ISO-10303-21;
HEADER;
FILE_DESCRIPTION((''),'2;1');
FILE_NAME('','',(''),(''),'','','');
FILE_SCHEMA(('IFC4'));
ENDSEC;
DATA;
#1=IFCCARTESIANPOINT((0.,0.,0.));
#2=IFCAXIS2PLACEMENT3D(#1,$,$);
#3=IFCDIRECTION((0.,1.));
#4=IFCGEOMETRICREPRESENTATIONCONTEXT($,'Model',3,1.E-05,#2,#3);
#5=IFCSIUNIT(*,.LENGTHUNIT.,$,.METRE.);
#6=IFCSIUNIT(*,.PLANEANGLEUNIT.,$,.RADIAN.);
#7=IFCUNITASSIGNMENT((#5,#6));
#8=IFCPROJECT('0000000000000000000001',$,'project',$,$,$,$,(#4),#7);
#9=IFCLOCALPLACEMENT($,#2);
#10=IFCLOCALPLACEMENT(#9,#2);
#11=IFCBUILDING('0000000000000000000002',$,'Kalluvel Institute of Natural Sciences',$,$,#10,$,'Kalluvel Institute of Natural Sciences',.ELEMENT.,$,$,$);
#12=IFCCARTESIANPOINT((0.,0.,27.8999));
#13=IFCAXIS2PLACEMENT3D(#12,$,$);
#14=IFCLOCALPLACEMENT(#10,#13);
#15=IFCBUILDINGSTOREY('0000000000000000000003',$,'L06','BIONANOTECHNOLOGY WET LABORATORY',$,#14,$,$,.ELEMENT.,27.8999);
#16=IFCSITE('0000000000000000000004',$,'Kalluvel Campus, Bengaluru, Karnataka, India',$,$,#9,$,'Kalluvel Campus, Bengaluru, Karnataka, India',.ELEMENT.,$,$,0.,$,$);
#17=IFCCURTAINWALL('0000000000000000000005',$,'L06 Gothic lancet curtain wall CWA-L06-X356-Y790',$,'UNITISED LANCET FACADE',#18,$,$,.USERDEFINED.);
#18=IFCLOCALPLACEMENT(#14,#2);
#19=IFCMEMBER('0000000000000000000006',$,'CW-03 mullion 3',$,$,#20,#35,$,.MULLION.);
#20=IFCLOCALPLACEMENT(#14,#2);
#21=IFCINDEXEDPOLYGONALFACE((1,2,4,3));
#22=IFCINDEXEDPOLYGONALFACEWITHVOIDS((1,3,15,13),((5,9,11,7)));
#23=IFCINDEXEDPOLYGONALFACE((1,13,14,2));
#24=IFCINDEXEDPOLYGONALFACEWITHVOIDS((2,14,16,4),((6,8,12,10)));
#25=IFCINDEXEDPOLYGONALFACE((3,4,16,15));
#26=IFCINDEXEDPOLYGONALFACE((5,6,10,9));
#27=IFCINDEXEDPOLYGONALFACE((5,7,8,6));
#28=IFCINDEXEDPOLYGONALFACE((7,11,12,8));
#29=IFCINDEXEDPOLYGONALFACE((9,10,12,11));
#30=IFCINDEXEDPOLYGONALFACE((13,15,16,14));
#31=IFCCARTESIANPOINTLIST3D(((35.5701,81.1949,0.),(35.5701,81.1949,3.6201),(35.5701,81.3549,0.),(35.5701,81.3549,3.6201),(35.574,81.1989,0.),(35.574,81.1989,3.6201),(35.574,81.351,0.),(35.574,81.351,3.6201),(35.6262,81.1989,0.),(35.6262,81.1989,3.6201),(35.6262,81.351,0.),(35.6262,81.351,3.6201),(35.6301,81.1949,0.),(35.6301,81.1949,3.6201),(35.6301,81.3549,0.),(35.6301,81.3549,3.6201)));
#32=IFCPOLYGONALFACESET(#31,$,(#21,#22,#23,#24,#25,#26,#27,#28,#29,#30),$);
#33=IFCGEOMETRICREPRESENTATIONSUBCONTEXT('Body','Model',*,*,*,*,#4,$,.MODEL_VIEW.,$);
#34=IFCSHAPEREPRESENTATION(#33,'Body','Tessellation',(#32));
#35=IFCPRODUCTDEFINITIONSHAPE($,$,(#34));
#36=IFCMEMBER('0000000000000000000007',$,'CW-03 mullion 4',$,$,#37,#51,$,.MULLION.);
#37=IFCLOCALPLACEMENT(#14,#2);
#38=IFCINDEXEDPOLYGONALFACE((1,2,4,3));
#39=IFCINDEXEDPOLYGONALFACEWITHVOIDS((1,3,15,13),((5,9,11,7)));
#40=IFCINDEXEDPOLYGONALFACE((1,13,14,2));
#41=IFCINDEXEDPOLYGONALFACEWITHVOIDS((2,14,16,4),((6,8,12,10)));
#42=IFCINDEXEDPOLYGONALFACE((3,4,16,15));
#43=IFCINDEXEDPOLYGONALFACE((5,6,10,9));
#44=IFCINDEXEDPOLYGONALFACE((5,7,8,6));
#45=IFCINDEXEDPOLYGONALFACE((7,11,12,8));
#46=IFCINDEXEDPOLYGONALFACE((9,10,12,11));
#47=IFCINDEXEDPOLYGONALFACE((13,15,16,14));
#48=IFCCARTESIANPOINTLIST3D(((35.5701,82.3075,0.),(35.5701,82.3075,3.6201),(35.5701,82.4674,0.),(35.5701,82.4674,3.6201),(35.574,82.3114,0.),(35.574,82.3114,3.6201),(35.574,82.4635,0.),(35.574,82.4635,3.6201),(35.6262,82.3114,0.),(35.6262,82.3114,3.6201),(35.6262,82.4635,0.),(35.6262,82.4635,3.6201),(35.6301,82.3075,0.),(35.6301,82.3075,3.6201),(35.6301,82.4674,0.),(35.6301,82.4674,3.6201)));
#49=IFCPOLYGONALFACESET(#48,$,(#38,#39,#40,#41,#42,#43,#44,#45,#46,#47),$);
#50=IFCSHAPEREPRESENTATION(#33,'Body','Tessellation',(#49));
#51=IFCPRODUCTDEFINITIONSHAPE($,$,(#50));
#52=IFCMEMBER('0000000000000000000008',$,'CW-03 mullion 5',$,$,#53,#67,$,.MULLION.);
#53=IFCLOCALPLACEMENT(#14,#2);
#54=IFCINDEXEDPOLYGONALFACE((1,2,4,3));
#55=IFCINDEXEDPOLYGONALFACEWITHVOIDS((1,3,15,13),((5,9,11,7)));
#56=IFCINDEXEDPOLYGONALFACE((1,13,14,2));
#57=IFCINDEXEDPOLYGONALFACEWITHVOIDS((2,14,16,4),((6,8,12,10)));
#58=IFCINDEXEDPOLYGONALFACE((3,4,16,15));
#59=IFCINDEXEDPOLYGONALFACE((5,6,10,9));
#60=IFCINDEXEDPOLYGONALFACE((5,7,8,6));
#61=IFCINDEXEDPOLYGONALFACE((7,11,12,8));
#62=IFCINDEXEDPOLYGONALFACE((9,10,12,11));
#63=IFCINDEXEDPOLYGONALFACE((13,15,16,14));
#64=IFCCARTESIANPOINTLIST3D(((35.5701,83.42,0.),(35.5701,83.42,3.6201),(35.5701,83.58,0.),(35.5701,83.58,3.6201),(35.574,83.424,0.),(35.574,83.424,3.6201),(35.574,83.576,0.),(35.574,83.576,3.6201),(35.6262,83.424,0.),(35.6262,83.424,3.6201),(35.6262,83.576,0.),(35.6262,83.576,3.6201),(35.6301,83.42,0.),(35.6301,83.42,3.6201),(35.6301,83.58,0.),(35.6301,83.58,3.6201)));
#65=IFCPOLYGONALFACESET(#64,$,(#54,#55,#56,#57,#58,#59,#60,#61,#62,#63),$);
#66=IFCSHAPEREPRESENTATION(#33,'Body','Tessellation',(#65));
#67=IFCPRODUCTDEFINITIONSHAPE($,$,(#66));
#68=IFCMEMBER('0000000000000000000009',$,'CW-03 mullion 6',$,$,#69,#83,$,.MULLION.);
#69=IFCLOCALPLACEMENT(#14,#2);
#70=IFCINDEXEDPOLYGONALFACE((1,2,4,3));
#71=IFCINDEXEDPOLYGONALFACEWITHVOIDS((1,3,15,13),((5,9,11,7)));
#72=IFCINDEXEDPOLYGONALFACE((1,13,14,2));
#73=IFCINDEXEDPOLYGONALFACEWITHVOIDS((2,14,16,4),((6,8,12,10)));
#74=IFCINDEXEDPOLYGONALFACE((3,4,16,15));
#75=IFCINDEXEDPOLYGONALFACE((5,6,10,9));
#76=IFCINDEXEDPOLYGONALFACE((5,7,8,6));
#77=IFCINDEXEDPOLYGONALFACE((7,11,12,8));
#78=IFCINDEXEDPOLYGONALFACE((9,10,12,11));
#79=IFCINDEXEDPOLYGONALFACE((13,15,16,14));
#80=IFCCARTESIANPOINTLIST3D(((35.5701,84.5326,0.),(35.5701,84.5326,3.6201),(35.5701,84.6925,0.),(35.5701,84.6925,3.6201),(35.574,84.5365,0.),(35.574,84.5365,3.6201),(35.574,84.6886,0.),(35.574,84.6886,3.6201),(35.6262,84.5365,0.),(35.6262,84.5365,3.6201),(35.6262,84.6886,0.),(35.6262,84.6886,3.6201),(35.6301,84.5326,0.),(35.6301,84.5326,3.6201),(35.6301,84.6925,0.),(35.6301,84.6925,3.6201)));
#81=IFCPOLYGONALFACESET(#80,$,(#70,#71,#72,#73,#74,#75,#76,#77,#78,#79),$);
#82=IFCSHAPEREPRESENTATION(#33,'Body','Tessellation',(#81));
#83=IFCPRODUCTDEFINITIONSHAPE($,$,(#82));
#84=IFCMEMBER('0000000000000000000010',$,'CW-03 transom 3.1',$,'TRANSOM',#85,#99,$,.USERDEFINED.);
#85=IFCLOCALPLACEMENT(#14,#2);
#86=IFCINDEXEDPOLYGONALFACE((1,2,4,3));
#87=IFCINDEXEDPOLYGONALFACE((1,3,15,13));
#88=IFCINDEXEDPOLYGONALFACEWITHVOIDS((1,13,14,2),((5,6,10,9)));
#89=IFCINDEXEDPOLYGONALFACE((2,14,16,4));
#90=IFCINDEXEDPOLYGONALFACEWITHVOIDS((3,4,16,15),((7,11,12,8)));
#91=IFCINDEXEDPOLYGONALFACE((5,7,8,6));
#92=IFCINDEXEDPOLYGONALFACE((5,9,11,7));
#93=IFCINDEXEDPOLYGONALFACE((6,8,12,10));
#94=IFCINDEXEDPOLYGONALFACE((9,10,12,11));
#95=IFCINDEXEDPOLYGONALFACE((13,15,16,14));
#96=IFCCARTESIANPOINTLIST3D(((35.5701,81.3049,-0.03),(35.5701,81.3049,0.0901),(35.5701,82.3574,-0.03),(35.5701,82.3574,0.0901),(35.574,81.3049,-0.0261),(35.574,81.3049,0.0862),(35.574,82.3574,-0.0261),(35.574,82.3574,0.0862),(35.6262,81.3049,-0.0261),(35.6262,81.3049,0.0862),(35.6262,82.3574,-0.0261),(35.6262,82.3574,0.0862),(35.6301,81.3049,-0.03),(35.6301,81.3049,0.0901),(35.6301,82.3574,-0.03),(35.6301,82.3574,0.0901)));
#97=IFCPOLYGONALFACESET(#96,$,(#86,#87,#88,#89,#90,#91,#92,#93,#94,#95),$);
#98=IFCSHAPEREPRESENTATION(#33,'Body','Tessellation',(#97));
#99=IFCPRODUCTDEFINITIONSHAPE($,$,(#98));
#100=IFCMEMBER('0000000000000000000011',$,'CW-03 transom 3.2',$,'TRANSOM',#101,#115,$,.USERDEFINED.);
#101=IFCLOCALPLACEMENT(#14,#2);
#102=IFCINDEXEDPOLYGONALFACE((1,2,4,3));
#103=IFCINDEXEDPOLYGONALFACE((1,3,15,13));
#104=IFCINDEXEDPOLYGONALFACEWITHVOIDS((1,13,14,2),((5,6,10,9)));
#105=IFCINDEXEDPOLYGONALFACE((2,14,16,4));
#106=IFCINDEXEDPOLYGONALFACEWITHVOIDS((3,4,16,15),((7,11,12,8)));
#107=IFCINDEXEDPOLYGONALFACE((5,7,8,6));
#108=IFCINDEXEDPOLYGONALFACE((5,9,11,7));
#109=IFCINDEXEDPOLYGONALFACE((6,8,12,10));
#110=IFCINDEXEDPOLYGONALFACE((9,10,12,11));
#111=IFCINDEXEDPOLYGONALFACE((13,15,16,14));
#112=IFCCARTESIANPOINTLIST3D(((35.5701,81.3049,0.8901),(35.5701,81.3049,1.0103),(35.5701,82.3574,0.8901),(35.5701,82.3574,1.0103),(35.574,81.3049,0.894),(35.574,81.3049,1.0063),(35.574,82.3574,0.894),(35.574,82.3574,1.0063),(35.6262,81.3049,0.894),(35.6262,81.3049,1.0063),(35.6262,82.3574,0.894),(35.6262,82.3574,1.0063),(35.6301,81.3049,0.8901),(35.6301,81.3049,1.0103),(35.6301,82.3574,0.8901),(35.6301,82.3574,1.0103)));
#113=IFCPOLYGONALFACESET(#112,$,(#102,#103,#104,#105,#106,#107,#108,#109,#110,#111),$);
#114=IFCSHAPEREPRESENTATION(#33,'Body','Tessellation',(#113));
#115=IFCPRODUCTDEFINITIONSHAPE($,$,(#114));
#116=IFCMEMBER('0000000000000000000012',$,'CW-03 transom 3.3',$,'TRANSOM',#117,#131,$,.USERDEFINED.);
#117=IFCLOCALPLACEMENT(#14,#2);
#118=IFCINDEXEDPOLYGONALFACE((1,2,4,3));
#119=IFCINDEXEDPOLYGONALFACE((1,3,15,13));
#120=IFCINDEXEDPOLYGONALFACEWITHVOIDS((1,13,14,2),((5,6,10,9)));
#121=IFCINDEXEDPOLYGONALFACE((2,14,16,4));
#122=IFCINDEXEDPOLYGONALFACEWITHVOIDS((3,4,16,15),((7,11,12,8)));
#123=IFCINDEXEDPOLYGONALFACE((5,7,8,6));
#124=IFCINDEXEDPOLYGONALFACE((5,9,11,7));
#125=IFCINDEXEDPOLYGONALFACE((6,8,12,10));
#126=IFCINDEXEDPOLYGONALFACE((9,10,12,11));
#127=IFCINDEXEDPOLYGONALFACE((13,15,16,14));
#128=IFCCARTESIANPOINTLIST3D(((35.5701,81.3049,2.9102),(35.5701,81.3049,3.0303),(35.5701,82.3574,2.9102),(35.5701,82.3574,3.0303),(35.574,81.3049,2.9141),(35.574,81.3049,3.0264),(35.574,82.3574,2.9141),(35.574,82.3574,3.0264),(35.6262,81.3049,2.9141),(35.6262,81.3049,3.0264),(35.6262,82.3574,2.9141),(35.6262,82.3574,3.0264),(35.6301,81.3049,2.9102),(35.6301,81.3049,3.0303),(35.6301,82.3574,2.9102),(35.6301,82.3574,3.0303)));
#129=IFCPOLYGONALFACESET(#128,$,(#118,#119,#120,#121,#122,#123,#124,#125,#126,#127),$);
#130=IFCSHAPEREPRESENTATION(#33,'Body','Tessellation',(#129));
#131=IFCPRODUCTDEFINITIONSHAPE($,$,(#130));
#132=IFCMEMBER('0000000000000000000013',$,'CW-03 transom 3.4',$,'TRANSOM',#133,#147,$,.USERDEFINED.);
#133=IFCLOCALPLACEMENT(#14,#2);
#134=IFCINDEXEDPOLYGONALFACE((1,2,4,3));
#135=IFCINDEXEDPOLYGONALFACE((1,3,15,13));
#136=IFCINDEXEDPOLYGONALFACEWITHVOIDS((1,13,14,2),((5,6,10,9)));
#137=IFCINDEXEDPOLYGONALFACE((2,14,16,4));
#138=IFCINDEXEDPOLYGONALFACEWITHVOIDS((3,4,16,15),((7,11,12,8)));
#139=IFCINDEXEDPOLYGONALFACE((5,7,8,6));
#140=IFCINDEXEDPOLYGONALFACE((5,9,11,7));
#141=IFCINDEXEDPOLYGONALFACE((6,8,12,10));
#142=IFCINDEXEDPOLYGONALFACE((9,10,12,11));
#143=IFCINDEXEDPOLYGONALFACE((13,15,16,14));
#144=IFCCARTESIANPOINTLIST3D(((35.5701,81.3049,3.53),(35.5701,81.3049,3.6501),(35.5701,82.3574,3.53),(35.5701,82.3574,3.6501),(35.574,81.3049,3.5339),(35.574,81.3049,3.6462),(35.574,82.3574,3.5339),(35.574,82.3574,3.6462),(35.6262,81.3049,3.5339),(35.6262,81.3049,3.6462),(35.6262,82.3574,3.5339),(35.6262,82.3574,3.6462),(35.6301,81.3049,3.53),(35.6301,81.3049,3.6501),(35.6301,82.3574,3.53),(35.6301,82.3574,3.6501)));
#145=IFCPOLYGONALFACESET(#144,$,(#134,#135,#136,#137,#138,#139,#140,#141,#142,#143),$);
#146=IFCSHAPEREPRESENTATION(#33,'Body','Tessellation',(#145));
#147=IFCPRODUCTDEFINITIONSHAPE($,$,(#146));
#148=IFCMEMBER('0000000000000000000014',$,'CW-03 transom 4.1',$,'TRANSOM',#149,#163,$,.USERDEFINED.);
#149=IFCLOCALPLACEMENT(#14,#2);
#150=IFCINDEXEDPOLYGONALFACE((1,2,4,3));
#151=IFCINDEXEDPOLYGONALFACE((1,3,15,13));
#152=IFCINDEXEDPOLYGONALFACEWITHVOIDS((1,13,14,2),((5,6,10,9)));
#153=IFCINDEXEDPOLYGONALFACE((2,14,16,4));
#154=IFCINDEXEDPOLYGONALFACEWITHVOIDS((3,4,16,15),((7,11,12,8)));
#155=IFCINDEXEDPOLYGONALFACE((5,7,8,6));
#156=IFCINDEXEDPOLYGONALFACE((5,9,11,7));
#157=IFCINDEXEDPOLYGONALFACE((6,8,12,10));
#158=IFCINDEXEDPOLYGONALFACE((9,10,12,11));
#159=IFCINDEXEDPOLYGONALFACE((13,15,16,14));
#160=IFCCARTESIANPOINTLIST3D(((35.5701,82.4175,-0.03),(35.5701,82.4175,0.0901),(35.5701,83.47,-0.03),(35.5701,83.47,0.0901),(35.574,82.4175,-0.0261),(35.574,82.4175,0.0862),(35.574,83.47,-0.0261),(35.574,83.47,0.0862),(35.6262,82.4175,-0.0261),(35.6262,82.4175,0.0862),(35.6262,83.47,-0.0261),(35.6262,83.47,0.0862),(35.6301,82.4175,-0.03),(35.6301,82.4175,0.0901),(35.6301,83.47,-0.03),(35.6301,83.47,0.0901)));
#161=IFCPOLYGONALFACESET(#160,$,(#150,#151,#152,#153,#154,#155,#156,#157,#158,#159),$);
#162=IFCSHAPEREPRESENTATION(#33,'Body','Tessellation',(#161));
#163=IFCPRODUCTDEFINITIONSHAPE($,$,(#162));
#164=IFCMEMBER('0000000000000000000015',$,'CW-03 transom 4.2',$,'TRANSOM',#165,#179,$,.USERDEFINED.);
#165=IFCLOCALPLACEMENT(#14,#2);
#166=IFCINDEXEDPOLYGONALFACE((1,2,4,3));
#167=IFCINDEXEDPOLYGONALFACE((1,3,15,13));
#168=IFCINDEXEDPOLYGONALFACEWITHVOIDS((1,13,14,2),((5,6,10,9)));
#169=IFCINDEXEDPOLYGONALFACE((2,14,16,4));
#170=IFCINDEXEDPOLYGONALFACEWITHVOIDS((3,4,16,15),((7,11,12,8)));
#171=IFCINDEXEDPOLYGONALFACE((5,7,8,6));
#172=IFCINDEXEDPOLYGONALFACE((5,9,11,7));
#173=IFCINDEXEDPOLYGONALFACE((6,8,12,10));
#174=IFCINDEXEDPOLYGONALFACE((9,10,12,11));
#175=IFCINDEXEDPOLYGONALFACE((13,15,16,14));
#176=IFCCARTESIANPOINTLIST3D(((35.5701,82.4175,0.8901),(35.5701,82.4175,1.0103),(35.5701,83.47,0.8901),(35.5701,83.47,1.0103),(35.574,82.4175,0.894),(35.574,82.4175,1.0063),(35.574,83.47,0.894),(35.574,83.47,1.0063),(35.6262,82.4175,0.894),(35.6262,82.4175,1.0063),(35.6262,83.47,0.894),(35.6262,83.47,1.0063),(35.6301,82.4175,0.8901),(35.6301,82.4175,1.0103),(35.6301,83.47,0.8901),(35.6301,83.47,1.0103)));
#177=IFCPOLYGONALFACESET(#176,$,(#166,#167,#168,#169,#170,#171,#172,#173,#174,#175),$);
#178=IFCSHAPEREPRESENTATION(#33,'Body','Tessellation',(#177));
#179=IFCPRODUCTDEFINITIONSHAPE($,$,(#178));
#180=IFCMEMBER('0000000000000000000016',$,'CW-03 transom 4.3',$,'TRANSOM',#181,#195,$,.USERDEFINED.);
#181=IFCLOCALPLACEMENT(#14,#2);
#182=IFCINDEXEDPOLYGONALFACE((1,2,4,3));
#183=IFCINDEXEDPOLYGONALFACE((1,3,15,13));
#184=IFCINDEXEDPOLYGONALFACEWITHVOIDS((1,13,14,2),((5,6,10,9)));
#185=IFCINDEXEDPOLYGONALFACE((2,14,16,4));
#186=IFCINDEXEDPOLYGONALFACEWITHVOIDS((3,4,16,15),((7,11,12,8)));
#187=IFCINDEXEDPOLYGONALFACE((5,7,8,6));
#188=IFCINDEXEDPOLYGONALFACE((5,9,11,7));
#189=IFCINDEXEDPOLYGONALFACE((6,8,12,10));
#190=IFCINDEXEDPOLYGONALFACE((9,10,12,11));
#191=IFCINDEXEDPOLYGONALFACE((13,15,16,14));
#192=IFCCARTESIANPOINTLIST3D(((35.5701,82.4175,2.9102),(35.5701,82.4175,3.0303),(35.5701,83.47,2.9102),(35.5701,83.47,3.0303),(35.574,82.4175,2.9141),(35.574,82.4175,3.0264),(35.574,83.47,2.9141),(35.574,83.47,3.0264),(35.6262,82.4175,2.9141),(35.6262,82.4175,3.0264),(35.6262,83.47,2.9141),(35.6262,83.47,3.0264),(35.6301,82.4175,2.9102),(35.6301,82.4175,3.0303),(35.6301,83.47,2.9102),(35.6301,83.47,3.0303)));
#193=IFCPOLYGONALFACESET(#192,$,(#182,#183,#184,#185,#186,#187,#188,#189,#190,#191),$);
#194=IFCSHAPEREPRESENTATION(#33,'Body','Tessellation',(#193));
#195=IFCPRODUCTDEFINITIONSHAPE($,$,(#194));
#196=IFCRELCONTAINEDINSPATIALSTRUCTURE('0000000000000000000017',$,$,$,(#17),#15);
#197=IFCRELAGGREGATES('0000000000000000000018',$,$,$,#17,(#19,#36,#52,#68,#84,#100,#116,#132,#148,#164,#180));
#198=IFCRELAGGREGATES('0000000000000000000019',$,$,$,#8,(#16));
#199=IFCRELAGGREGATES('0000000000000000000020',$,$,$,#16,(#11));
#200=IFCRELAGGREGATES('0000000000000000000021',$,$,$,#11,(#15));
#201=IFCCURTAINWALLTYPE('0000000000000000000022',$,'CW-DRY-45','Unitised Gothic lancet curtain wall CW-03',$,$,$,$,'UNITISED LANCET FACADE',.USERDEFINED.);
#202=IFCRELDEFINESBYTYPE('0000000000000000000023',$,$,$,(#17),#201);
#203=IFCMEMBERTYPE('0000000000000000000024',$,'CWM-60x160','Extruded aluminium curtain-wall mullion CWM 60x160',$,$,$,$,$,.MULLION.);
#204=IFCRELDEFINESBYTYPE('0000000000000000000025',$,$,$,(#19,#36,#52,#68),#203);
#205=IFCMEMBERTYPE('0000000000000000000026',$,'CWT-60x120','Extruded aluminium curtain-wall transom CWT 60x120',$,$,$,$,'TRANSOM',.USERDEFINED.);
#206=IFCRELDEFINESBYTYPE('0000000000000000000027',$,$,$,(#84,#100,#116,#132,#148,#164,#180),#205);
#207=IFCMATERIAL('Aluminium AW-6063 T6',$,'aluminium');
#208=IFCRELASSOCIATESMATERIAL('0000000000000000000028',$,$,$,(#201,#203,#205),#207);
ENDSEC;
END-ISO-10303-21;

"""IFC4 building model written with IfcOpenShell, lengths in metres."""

from ifc_helpers import new_model, si_unit, direction, frame, origin, origin_2d, place, context, subcontext, project, spatial, hollow_rectangle, extrude, material, material_profile, profile_set, type_object, element, aggregate, save


model = new_model("IFC4")

# Units and contexts
model_context = context("Model", 3, precision=1e-05, world=origin(), true_north=direction((0.0, 1.0)))
body_context = subcontext(model_context, "Body", "Model", "MODEL_VIEW")
ifc_project = project(units=[si_unit("LENGTHUNIT", "METRE"), si_unit("PLANEANGLEUNIT", "RADIAN")], contexts=[model_context])

# Site, building, storey
site_placement = place(None, origin())
site = spatial("IfcSite", under=ifc_project, at=site_placement, Name="Kalluvel Campus, Bengaluru, Karnataka, India", LongName="Kalluvel Campus, Bengaluru, Karnataka, India", CompositionType="ELEMENT", RefElevation=0.0)
building_placement = place(site_placement, origin())
building = spatial("IfcBuilding", under=site, at=building_placement, Name="Kalluvel Institute of Natural Sciences", LongName="Kalluvel Institute of Natural Sciences", CompositionType="ELEMENT")
storey_placement = place(building_placement, frame((0.0, 0.0, 27.8999)))
storey = spatial("IfcBuildingStorey", under=building, at=storey_placement, Name="L06", Description="BIONANOTECHNOLOGY WET LABORATORY", CompositionType="ELEMENT", Elevation=27.8999)

# Curtain wall, members
ifc_material_1 = material(Name="Aluminium AW-6063 T6", Category="aluminium")
curtain_wall_type = type_object("IfcCurtainWallType", Name="CW-DRY-45", Description="Unitised Gothic lancet curtain wall CW-03", ElementType="UNITISED LANCET FACADE", PredefinedType="USERDEFINED", material=ifc_material_1)
curtain_wall_placement = place(storey_placement, origin())
curtain_wall = element("IfcCurtainWall", 1, at=curtain_wall_placement, inside=storey, type_object=curtain_wall_type, Name="L06 Gothic lancet curtain wall CWA-L06-X356-Y790", ObjectType="UNITISED LANCET FACADE", PredefinedType="USERDEFINED")
ifc_material_profile_1 = material_profile(ifc_material_1, hollow_rectangle(XDim=0.0601, YDim=0.1599, WallThickness=0.0039, at=origin_2d()), Name="CWM 60x160")
ifc_profile_set_1 = profile_set([ifc_material_profile_1], Name="Aluminium AW-6063 T6")
member_type_1 = type_object("IfcMemberType", Name="CWM-60x160", Description="Extruded aluminium curtain-wall mullion CWM 60x160", PredefinedType="MULLION", material=ifc_profile_set_1)
member_1_placement = place(storey_placement, frame((35.6001, 81.2749, 0.0), z_axis=(0.0, 0.0, 1.0), x_axis=(-1.0, 0.0, 0.0)))
member_1 = element("IfcMember", 2, at=member_1_placement, type_object=member_type_1, Name="CW-03 mullion 3", PredefinedType="MULLION", context=body_context, shape_type="SweptSolid", body=[
    extrude(hollow_rectangle(XDim=0.0601, YDim=0.1599, WallThickness=0.0039, at=origin_2d()), origin(), (0.0, 0.0, 1.0), 3.6201),
])
member_2_placement = place(storey_placement, frame((35.6001, 82.3875, 0.0), z_axis=(0.0, 0.0, 1.0), x_axis=(-1.0, 0.0, 0.0)))
member_2 = element("IfcMember", 3, at=member_2_placement, type_object=member_type_1, Name="CW-03 mullion 4", PredefinedType="MULLION", context=body_context, shape_type="SweptSolid", body=[
    extrude(hollow_rectangle(XDim=0.0601, YDim=0.1599, WallThickness=0.0039, at=origin_2d()), origin(), (0.0, 0.0, 1.0), 3.6201),
])
member_3_placement = place(storey_placement, frame((35.6001, 83.5, 0.0), z_axis=(0.0, 0.0, 1.0), x_axis=(-1.0, 0.0, 0.0)))
member_3 = element("IfcMember", 4, at=member_3_placement, type_object=member_type_1, Name="CW-03 mullion 5", PredefinedType="MULLION", context=body_context, shape_type="SweptSolid", body=[
    extrude(hollow_rectangle(XDim=0.0601, YDim=0.1599, WallThickness=0.0039, at=origin_2d()), origin(), (0.0, 0.0, 1.0), 3.6201),
])
member_4_placement = place(storey_placement, frame((35.6001, 84.6125, 0.0), z_axis=(0.0, 0.0, 1.0), x_axis=(-1.0, 0.0, 0.0)))
member_4 = element("IfcMember", 5, at=member_4_placement, type_object=member_type_1, Name="CW-03 mullion 6", PredefinedType="MULLION", context=body_context, shape_type="SweptSolid", body=[
    extrude(hollow_rectangle(XDim=0.0601, YDim=0.1599, WallThickness=0.0039, at=origin_2d()), origin(), (0.0, 0.0, 1.0), 3.6201),
])
ifc_material_profile_2 = material_profile(ifc_material_1, hollow_rectangle(XDim=0.0601, YDim=0.1201, WallThickness=0.0039, at=origin_2d()), Name="CWT 60x120")
ifc_profile_set_2 = profile_set([ifc_material_profile_2], Name="Aluminium AW-6063 T6")
member_type_2 = type_object("IfcMemberType", Name="CWT-60x120", Description="Extruded aluminium curtain-wall transom CWT 60x120", ElementType="TRANSOM", PredefinedType="USERDEFINED", material=ifc_profile_set_2)
member_5_placement = place(storey_placement, frame((35.6001, 81.3049, 0.03), z_axis=(0.0, 1.0, 0.0), x_axis=(-1.0, 0.0, 0.0)))
member_5 = element("IfcMember", 6, at=member_5_placement, type_object=member_type_2, Name="CW-03 transom 3.1", ObjectType="TRANSOM", PredefinedType="USERDEFINED", context=body_context, shape_type="SweptSolid", body=[
    extrude(hollow_rectangle(XDim=0.0601, YDim=0.1201, WallThickness=0.0039, at=origin_2d()), origin(), (0.0, 0.0, 1.0), 1.0525),
])
member_6_placement = place(storey_placement, frame((35.6001, 81.3049, 0.9502), z_axis=(0.0, 1.0, 0.0), x_axis=(-1.0, 0.0, 0.0)))
member_6 = element("IfcMember", 7, at=member_6_placement, type_object=member_type_2, Name="CW-03 transom 3.2", ObjectType="TRANSOM", PredefinedType="USERDEFINED", context=body_context, shape_type="SweptSolid", body=[
    extrude(hollow_rectangle(XDim=0.0601, YDim=0.1201, WallThickness=0.0039, at=origin_2d()), origin(), (0.0, 0.0, 1.0), 1.0525),
])
member_7_placement = place(storey_placement, frame((35.6001, 81.3049, 2.9702), z_axis=(0.0, 1.0, 0.0), x_axis=(-1.0, 0.0, 0.0)))
member_7 = element("IfcMember", 8, at=member_7_placement, type_object=member_type_2, Name="CW-03 transom 3.3", ObjectType="TRANSOM", PredefinedType="USERDEFINED", context=body_context, shape_type="SweptSolid", body=[
    extrude(hollow_rectangle(XDim=0.0601, YDim=0.1201, WallThickness=0.0039, at=origin_2d()), origin(), (0.0, 0.0, 1.0), 1.0525),
])
member_8_placement = place(storey_placement, frame((35.6001, 81.3049, 3.5901), z_axis=(0.0, 1.0, 0.0), x_axis=(-1.0, 0.0, 0.0)))
member_8 = element("IfcMember", 9, at=member_8_placement, type_object=member_type_2, Name="CW-03 transom 3.4", ObjectType="TRANSOM", PredefinedType="USERDEFINED", context=body_context, shape_type="SweptSolid", body=[
    extrude(hollow_rectangle(XDim=0.0601, YDim=0.1201, WallThickness=0.0039, at=origin_2d()), origin(), (0.0, 0.0, 1.0), 1.0525),
])
member_9_placement = place(storey_placement, frame((35.6001, 82.4175, 0.03), z_axis=(0.0, 1.0, 0.0), x_axis=(-1.0, 0.0, 0.0)))
member_9 = element("IfcMember", 10, at=member_9_placement, type_object=member_type_2, Name="CW-03 transom 4.1", ObjectType="TRANSOM", PredefinedType="USERDEFINED", context=body_context, shape_type="SweptSolid", body=[
    extrude(hollow_rectangle(XDim=0.0601, YDim=0.1201, WallThickness=0.0039, at=origin_2d()), origin(), (0.0, 0.0, 1.0), 1.0525),
])
member_10_placement = place(storey_placement, frame((35.6001, 82.4175, 0.9502), z_axis=(0.0, 1.0, 0.0), x_axis=(-1.0, 0.0, 0.0)))
member_10 = element("IfcMember", 11, at=member_10_placement, type_object=member_type_2, Name="CW-03 transom 4.2", ObjectType="TRANSOM", PredefinedType="USERDEFINED", context=body_context, shape_type="SweptSolid", body=[
    extrude(hollow_rectangle(XDim=0.0601, YDim=0.1201, WallThickness=0.0039, at=origin_2d()), origin(), (0.0, 0.0, 1.0), 1.0525),
])
member_11_placement = place(storey_placement, frame((35.6001, 82.4175, 2.9702), z_axis=(0.0, 1.0, 0.0), x_axis=(-1.0, 0.0, 0.0)))
member_11 = element("IfcMember", 12, at=member_11_placement, type_object=member_type_2, Name="CW-03 transom 4.3", ObjectType="TRANSOM", PredefinedType="USERDEFINED", context=body_context, shape_type="SweptSolid", body=[
    extrude(hollow_rectangle(XDim=0.0601, YDim=0.1201, WallThickness=0.0039, at=origin_2d()), origin(), (0.0, 0.0, 1.0), 1.0525),
])
aggregate(curtain_wall, [member_1, member_2, member_3, member_4, member_5, member_6, member_7, member_8, member_9, member_10, member_11])

save(model, "model.ifc")
